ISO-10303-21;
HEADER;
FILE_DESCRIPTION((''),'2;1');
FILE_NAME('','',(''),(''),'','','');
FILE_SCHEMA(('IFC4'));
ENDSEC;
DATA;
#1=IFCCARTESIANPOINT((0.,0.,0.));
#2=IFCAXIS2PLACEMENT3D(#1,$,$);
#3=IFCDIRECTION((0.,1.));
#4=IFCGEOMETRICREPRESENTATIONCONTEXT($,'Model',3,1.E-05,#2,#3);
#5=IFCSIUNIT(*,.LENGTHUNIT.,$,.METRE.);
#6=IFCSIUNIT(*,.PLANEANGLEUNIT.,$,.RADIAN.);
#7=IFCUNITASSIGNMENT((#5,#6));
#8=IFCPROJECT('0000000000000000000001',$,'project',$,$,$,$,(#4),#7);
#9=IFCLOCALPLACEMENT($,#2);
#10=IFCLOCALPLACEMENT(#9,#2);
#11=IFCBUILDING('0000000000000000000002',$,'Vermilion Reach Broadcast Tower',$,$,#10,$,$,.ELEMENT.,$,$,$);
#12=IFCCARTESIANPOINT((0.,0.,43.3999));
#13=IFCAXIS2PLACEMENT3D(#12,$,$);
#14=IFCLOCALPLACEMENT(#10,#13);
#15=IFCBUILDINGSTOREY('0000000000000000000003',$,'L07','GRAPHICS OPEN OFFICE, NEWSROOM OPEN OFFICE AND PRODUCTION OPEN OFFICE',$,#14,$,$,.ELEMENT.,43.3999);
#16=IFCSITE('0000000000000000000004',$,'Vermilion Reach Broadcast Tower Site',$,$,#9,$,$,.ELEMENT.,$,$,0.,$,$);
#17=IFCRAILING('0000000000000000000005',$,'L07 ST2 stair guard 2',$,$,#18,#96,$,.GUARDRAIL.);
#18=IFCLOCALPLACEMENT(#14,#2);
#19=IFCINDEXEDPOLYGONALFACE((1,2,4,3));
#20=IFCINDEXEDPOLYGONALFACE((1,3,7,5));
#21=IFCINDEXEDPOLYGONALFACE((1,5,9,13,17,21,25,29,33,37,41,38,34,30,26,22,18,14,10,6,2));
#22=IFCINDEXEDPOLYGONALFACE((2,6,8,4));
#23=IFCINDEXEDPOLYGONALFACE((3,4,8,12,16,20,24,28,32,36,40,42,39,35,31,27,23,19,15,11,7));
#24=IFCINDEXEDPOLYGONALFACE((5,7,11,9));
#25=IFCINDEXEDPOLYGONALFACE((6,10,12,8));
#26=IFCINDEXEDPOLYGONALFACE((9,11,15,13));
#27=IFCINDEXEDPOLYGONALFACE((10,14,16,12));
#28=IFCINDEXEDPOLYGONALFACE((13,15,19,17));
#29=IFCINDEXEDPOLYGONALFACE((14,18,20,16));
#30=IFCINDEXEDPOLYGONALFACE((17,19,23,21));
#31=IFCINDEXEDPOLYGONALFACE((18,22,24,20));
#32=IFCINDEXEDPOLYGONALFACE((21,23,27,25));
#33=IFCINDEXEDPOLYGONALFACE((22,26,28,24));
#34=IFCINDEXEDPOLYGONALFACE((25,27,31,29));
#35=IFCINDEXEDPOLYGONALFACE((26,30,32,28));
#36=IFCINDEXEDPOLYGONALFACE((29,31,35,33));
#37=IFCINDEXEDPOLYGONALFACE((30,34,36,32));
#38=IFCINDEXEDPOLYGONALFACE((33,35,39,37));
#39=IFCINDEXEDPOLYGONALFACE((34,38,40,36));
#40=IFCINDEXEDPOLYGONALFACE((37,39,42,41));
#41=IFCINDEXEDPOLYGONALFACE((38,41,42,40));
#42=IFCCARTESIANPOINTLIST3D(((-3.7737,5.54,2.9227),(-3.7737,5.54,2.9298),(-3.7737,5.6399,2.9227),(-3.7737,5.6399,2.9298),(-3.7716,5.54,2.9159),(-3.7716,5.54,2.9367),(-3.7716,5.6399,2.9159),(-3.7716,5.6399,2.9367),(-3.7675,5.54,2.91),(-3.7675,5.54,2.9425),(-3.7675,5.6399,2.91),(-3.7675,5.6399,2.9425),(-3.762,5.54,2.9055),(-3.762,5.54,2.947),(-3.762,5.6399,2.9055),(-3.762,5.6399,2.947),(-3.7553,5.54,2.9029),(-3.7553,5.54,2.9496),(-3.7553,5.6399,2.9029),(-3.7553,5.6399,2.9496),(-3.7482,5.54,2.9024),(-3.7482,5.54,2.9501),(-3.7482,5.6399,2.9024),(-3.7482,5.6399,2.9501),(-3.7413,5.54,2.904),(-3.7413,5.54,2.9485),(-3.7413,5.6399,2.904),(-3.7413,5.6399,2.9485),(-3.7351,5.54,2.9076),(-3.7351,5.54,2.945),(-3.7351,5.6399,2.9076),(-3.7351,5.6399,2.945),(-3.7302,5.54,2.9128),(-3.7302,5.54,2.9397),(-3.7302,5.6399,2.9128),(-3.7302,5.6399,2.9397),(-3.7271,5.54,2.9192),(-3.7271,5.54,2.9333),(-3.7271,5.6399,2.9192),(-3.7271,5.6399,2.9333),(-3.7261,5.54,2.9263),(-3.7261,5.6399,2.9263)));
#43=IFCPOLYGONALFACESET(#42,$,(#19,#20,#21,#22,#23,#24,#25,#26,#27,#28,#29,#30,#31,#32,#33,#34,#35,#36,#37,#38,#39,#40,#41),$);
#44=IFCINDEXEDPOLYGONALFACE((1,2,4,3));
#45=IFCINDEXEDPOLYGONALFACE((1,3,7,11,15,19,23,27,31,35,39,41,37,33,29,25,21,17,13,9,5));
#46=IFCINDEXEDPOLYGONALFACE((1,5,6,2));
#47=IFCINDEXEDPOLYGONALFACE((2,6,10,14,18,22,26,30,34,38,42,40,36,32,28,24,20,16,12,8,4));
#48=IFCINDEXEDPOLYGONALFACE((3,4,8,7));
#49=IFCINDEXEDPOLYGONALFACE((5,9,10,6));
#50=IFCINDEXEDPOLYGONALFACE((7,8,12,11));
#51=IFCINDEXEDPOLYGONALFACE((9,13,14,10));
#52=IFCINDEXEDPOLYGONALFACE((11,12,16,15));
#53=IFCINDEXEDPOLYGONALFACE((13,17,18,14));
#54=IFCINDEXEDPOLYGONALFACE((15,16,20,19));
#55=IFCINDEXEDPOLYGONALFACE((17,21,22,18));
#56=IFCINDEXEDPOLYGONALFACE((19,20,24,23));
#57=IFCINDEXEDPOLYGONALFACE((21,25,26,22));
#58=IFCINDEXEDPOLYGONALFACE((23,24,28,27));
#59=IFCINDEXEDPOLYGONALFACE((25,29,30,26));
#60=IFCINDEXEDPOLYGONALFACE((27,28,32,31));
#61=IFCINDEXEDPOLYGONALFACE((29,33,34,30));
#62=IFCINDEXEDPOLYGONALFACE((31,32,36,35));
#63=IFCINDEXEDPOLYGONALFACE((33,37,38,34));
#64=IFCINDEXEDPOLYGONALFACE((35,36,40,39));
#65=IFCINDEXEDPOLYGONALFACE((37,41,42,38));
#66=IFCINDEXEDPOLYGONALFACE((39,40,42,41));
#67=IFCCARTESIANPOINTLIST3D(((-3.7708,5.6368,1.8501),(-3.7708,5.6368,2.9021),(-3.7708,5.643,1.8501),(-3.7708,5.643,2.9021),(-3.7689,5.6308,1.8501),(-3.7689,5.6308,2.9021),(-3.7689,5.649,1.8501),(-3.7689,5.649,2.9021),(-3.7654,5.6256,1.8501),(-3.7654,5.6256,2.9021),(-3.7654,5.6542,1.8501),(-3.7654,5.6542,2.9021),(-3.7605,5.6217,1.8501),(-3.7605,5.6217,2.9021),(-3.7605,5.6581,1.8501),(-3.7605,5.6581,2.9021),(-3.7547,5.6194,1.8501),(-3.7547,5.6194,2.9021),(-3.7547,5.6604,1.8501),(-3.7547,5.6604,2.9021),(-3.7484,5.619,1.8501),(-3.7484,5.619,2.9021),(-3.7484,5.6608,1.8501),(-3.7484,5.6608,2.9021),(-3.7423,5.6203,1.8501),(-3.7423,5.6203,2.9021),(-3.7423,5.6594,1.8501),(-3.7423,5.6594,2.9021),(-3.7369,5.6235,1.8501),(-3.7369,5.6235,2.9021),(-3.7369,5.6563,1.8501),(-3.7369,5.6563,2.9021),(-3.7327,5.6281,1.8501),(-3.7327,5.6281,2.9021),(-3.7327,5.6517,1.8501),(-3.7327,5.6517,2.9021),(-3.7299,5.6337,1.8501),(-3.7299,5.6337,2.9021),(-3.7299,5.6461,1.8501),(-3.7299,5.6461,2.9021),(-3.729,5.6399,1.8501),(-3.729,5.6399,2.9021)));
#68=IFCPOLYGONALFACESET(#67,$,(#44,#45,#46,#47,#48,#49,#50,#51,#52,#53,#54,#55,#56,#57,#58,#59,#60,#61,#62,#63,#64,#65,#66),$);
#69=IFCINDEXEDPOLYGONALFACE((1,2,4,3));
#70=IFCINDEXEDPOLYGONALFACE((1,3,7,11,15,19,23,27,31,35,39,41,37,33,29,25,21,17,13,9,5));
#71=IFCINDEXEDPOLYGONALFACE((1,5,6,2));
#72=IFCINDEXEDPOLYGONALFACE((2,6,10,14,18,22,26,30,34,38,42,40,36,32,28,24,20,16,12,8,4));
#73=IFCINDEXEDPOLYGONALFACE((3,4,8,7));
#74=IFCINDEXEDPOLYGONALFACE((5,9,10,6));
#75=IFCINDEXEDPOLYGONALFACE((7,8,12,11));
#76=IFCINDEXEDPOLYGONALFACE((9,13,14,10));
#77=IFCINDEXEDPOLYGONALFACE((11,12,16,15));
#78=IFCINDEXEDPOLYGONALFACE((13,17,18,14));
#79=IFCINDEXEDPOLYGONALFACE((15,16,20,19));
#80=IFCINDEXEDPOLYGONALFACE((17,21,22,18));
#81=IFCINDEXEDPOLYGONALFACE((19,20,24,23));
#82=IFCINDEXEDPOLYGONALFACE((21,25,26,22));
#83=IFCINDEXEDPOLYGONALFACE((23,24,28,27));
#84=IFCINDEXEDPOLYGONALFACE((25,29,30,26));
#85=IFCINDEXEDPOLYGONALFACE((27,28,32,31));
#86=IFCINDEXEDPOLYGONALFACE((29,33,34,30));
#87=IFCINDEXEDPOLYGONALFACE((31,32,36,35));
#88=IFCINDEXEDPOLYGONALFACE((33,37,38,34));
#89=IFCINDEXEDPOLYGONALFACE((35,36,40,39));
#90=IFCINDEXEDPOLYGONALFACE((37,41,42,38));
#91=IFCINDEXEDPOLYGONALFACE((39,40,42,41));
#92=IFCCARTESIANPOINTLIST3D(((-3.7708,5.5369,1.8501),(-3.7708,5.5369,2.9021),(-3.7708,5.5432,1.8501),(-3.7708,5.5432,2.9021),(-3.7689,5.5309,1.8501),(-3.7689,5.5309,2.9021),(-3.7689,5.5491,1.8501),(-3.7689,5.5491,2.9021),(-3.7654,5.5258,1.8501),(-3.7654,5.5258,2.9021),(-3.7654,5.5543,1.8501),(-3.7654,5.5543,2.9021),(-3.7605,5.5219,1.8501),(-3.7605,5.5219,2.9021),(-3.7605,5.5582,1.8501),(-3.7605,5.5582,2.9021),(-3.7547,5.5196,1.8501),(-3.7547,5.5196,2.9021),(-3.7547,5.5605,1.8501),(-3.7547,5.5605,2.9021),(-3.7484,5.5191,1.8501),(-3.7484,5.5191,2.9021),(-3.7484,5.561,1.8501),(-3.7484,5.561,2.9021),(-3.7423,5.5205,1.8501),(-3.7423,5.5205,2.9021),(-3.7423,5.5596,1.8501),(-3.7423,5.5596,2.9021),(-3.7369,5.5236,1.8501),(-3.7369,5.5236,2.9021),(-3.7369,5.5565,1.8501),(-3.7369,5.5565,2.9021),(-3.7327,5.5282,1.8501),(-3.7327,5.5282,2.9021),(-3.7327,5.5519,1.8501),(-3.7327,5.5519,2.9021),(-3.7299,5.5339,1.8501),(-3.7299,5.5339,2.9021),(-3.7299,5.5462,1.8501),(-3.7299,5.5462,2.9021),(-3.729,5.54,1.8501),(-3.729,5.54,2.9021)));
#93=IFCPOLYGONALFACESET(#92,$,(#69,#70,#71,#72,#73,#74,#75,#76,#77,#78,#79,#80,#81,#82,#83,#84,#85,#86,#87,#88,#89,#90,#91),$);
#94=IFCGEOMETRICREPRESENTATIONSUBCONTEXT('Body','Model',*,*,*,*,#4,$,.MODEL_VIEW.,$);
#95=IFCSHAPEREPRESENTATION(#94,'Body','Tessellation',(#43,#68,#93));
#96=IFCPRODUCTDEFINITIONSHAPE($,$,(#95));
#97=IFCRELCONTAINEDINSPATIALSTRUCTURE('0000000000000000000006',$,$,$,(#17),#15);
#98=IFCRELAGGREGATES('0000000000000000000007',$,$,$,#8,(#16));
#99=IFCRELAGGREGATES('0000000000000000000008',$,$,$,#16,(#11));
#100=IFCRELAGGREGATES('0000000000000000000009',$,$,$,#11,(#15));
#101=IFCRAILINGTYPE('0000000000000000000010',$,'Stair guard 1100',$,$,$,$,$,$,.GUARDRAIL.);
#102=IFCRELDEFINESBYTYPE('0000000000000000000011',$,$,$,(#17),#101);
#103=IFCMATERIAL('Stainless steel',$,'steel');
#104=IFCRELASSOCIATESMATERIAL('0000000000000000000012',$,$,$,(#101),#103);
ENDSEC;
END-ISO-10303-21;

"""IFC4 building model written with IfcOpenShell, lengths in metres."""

from ifc_helpers import new_model, si_unit, direction, frame, origin, origin_2d, place, context, subcontext, project, spatial, circle, extrude, material, type_object, element, save


model = new_model("IFC4")

# Units and contexts
model_context = context("Model", 3, precision=1e-05, world=origin(), true_north=direction((0.0, 1.0)))
body_context = subcontext(model_context, "Body", "Model", "MODEL_VIEW")
ifc_project = project(units=[si_unit("LENGTHUNIT", "METRE"), si_unit("PLANEANGLEUNIT", "RADIAN")], contexts=[model_context])

# Site, building, storey
site_placement = place(None, origin())
site = spatial("IfcSite", under=ifc_project, at=site_placement, Name="Vermilion Reach Broadcast Tower Site", CompositionType="ELEMENT", RefElevation=0.0)
building_placement = place(site_placement, origin())
building = spatial("IfcBuilding", under=site, at=building_placement, Name="Vermilion Reach Broadcast Tower", CompositionType="ELEMENT")
storey_placement = place(building_placement, frame((0.0, 0.0, 43.3999)))
storey = spatial("IfcBuildingStorey", under=building, at=storey_placement, Name="L07", Description="GRAPHICS OPEN OFFICE, NEWSROOM OPEN OFFICE AND PRODUCTION OPEN OFFICE", CompositionType="ELEMENT", Elevation=43.3999)

# Railing
ifc_material_1 = material(Name="Stainless steel", Category="steel")
railing_type_1 = type_object("IfcRailingType", Name="Stair guard 1100", PredefinedType="GUARDRAIL", material=ifc_material_1)
railing_1_placement = place(storey_placement, frame((-3.75, 5.6399, 1.8501)))
element("IfcRailing", 1, at=railing_1_placement, inside=storey, type_object=railing_type_1, Name="L07 ST2 stair guard 2", PredefinedType="GUARDRAIL", context=body_context, shape_type="SweptSolid", body=[
    extrude(circle(Radius=0.0239, at=origin_2d()), frame((0.0, 0.0, 1.0762), z_axis=(0.0, -1.0, 0.0), x_axis=(1.0, 0.0, 0.0)), (0.0, 0.0, 1.0), 0.0999),
    extrude(circle(Radius=0.021, at=origin_2d()), origin(), (0.0, 0.0, 1.0), 1.052),
    extrude(circle(Radius=0.021, at=origin_2d()), frame((0.0, -0.0999, 0.0)), (0.0, 0.0, 1.0), 1.052),
])

save(model, "model.ifc")
